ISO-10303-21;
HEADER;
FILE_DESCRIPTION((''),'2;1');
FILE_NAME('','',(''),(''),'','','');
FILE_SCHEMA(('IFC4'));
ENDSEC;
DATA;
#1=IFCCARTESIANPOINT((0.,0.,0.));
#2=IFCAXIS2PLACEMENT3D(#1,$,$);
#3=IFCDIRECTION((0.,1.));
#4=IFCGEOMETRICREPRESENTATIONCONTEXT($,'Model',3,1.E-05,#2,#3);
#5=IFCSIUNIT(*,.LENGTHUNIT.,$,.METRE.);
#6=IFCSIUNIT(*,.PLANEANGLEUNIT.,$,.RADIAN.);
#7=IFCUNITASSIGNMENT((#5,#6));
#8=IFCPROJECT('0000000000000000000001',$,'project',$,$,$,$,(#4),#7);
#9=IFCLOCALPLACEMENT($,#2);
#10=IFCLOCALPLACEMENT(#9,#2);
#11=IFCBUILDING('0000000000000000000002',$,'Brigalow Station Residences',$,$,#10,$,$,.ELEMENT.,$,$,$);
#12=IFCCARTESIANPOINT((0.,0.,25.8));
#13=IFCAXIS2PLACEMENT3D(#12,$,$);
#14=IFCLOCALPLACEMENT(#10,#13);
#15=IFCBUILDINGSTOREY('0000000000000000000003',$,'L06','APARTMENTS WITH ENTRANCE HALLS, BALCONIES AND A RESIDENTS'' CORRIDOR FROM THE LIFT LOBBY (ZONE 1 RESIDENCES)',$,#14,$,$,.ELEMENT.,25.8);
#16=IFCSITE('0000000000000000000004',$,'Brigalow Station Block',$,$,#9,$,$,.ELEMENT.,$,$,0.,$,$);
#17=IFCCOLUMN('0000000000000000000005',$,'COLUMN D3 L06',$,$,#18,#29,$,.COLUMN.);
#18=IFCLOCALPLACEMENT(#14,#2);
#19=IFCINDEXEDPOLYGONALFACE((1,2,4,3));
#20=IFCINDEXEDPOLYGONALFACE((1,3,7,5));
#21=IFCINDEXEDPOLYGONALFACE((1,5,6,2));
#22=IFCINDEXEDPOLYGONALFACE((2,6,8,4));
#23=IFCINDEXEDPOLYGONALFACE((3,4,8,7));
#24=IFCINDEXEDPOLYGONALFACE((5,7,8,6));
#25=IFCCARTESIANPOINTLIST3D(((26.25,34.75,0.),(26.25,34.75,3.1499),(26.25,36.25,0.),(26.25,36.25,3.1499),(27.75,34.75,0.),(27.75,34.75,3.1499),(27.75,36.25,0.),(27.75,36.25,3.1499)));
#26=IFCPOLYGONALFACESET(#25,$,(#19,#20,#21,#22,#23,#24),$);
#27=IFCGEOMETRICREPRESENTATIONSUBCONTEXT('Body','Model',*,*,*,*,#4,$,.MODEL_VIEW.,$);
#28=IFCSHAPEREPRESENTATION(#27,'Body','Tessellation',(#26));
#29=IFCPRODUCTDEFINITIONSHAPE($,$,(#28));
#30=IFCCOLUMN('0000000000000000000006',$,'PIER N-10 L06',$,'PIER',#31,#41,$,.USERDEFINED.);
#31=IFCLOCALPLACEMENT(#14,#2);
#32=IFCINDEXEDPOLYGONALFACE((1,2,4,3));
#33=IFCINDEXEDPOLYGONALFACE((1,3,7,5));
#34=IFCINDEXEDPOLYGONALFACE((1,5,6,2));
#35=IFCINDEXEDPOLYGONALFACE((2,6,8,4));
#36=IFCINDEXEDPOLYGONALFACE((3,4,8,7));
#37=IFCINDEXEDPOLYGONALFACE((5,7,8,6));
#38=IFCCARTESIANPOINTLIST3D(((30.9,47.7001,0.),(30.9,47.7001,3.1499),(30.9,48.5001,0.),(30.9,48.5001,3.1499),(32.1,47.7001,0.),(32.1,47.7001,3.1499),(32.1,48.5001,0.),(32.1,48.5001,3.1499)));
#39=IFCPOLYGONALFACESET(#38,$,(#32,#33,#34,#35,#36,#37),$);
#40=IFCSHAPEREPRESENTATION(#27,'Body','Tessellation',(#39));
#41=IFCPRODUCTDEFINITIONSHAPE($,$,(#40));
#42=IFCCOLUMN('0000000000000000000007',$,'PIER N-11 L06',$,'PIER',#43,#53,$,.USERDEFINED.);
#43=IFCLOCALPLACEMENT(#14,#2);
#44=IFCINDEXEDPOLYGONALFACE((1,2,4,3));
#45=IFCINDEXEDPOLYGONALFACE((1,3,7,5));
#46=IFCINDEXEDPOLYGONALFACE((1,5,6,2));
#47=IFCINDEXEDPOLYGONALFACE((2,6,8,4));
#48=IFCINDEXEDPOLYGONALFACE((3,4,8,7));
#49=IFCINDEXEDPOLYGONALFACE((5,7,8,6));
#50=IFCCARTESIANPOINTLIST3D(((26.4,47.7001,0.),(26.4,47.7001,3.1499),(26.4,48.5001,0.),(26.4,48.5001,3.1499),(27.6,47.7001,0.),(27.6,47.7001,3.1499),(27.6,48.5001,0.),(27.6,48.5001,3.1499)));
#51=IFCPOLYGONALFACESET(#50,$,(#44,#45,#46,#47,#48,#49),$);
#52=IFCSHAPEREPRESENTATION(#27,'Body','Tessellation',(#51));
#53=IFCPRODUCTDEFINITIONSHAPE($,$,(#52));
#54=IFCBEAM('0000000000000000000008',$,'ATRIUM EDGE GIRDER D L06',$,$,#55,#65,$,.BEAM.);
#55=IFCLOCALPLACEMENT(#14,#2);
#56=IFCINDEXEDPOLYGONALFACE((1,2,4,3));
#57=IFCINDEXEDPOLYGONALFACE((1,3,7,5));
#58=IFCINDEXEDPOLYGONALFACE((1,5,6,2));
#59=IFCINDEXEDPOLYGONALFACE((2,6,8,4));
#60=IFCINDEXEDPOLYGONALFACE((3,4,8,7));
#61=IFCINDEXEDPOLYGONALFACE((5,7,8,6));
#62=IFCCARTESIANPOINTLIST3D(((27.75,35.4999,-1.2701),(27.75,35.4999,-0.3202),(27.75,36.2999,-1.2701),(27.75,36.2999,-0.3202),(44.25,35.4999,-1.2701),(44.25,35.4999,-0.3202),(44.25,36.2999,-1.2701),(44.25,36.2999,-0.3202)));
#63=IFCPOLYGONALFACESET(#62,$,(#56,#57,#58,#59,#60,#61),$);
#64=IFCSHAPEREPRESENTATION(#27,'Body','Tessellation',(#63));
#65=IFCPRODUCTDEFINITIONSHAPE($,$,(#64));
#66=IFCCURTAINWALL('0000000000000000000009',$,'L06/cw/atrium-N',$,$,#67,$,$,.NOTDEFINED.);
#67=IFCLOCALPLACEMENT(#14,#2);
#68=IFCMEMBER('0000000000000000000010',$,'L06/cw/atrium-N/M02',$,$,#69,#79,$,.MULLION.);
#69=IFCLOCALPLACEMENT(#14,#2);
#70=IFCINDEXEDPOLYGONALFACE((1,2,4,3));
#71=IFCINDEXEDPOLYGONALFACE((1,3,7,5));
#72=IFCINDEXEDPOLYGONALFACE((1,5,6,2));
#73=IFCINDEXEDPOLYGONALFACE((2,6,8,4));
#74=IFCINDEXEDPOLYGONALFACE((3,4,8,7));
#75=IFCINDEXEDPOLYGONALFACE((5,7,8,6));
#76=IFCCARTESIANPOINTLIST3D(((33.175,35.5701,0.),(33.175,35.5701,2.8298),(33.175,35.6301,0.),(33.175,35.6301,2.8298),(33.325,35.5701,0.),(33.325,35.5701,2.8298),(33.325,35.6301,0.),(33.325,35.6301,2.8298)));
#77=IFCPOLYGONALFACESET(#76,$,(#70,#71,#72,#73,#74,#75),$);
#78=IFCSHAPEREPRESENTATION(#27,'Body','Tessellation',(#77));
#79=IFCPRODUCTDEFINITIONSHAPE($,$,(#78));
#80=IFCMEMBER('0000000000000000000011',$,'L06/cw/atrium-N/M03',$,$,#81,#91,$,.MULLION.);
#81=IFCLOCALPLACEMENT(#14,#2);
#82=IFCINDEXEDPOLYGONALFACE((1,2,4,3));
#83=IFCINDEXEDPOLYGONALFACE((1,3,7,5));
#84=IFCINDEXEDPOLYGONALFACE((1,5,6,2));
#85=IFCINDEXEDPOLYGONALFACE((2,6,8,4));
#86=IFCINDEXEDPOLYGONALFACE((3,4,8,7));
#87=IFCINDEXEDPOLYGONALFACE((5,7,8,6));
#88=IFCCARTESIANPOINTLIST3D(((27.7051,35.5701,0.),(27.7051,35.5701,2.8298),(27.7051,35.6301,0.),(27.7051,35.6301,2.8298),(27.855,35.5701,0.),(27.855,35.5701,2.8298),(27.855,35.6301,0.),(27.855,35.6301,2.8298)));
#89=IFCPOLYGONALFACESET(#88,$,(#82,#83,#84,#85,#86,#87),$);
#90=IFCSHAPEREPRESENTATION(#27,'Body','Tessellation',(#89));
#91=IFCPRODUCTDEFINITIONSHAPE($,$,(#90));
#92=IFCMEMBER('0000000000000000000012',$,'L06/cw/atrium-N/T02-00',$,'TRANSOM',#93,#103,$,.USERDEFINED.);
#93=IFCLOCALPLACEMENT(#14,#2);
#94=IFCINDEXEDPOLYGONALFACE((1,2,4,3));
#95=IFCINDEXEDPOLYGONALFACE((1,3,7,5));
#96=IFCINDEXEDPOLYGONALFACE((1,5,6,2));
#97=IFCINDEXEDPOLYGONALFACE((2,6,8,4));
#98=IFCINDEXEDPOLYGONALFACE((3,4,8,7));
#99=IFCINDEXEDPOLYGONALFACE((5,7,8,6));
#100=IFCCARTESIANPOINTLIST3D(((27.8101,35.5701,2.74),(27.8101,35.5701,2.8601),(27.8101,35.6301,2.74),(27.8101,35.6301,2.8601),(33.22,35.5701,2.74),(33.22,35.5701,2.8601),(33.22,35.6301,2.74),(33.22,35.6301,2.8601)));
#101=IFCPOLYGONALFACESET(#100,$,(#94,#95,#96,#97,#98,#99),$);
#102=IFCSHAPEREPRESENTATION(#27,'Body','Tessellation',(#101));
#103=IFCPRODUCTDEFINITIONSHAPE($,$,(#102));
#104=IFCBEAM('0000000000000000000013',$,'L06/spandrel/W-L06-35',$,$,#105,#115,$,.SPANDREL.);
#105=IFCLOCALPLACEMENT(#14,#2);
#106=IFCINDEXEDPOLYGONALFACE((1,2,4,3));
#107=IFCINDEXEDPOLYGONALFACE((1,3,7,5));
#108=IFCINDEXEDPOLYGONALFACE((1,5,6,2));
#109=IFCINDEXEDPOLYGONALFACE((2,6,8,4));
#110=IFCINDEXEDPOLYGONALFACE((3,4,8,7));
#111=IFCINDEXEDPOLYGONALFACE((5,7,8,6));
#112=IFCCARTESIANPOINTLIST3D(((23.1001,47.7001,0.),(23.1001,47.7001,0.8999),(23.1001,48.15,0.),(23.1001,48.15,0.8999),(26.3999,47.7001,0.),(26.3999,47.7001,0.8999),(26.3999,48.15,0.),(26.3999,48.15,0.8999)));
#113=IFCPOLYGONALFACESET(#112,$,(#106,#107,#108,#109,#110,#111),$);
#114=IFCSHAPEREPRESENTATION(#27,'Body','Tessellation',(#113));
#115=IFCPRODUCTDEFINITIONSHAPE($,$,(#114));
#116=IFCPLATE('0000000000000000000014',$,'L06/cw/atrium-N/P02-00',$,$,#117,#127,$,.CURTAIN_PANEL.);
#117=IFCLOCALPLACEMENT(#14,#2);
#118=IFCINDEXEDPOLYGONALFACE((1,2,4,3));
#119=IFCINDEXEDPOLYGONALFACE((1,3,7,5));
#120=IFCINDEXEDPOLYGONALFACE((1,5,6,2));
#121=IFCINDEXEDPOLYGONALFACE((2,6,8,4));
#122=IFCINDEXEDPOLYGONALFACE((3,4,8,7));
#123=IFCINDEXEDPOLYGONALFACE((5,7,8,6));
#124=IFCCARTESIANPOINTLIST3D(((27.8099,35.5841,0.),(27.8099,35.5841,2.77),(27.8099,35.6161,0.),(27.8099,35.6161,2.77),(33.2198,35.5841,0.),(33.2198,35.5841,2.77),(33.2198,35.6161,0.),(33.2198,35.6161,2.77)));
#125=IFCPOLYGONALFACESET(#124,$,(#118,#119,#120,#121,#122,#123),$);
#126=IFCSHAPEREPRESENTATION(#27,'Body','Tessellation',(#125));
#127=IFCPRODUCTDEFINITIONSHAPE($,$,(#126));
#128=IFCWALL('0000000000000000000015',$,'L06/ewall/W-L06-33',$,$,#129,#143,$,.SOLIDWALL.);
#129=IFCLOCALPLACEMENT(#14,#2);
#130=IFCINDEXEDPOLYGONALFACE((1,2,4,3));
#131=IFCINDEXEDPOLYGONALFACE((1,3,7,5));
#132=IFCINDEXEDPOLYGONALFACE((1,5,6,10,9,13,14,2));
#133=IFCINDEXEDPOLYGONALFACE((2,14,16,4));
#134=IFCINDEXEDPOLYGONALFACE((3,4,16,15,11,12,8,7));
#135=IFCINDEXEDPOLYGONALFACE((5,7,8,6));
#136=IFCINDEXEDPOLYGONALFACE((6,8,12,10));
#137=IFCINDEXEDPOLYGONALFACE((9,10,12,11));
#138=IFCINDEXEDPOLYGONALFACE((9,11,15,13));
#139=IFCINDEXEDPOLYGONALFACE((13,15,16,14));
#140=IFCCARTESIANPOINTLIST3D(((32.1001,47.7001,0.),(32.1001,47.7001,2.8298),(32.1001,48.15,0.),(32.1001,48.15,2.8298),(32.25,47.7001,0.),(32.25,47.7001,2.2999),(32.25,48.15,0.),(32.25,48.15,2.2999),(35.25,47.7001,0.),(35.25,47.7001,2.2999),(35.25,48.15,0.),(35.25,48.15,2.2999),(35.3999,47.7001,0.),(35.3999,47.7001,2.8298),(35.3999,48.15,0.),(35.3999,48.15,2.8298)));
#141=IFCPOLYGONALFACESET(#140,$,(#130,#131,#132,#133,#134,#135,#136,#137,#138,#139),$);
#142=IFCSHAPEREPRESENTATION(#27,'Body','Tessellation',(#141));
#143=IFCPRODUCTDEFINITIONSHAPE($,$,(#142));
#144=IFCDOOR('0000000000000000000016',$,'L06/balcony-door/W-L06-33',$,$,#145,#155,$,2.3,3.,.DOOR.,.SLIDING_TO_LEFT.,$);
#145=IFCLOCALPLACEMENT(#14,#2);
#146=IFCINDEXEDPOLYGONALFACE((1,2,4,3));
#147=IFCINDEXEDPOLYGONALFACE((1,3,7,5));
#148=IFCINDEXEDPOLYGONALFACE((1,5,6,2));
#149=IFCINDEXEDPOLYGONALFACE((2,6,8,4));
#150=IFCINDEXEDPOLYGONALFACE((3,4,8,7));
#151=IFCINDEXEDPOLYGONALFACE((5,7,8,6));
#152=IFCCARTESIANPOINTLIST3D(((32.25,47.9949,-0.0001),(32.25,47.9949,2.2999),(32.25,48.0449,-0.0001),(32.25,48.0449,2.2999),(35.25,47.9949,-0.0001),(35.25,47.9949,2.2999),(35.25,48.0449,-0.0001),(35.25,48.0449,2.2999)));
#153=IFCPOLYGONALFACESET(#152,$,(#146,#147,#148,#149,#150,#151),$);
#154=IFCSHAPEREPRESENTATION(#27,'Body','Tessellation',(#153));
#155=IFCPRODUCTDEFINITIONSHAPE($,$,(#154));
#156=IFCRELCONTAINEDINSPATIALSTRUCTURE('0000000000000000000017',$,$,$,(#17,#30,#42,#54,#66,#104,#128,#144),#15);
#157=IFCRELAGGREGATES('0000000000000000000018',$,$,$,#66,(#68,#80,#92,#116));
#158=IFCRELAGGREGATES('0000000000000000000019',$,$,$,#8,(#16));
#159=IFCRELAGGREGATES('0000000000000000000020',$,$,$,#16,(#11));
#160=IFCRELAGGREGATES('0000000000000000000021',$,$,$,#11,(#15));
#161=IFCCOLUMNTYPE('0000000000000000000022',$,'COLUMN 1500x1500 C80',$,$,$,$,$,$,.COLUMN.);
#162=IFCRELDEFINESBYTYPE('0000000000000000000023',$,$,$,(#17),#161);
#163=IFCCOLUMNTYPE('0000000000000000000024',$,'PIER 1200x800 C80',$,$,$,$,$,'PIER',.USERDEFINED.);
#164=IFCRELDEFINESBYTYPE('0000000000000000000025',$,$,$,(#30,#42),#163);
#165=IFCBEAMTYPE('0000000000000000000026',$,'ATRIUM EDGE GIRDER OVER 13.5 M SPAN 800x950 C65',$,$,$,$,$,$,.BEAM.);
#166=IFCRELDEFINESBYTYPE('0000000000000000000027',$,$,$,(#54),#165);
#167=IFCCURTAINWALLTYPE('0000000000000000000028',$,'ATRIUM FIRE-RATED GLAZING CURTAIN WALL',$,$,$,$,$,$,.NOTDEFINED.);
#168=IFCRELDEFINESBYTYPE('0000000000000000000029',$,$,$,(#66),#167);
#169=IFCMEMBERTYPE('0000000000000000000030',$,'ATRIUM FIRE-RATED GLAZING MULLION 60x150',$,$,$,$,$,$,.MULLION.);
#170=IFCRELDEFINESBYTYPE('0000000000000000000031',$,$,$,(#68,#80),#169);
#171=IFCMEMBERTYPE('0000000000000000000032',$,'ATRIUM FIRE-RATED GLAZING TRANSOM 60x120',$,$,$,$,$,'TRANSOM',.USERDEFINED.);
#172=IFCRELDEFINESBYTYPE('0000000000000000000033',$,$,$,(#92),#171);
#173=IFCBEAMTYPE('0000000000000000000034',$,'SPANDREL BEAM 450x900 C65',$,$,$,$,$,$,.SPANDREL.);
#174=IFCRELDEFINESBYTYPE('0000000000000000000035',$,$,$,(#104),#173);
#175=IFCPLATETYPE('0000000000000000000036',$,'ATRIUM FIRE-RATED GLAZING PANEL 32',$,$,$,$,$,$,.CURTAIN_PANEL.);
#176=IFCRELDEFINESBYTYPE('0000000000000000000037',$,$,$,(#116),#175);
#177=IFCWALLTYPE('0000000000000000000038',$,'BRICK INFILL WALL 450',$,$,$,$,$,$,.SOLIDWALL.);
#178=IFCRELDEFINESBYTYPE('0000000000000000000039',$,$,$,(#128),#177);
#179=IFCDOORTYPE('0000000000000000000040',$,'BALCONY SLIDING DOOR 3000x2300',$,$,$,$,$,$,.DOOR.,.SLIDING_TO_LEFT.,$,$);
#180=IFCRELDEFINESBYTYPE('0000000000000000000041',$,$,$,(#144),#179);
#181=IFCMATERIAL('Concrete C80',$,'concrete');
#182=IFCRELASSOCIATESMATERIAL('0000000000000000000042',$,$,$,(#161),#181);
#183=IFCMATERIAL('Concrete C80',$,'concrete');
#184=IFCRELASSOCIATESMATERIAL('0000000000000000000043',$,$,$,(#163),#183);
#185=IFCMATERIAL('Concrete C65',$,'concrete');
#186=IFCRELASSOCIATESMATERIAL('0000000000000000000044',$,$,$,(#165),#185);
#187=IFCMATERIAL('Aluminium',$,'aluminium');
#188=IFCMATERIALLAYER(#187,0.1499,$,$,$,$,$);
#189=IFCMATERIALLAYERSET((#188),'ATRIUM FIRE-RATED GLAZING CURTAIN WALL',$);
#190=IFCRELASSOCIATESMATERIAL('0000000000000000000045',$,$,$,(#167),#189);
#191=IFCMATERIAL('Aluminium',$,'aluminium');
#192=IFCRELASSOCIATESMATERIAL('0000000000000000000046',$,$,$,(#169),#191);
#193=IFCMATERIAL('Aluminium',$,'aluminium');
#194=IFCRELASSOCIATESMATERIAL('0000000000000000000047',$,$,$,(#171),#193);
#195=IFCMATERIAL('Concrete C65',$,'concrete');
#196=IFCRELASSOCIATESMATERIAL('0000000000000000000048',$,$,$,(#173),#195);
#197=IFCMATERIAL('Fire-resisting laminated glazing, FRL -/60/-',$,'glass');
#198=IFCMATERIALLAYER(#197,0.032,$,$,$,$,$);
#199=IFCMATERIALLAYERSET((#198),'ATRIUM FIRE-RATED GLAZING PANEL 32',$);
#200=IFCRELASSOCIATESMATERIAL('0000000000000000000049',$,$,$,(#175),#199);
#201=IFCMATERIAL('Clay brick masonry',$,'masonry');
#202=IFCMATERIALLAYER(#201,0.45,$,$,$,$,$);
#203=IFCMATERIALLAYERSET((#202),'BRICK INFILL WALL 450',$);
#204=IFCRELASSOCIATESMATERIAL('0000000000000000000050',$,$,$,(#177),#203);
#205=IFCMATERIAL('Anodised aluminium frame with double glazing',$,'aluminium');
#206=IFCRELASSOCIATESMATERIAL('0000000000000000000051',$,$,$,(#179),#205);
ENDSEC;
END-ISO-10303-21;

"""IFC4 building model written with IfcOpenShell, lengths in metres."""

from ifc_helpers import new_model, si_unit, direction, frame, frame_2d, origin, origin_2d, place, context, subcontext, project, spatial, rectangle, extrude, material, layer, layer_set, material_profile, profile_set, type_object, element, fill, aggregate, save


model = new_model("IFC4")

# Units and contexts
model_context = context("Model", 3, precision=1e-05, world=origin(), true_north=direction((0.0, 1.0)))
body_context = subcontext(model_context, "Body", "Model", "MODEL_VIEW")
ifc_project = project(units=[si_unit("LENGTHUNIT", "METRE"), si_unit("PLANEANGLEUNIT", "RADIAN")], contexts=[model_context])

# Site, building, storey
site_placement = place(None, origin())
site = spatial("IfcSite", under=ifc_project, at=site_placement, Name="Brigalow Station Block", CompositionType="ELEMENT", RefElevation=0.0)
building_placement = place(site_placement, origin())
building = spatial("IfcBuilding", under=site, at=building_placement, Name="Brigalow Station Residences", CompositionType="ELEMENT")
storey_placement = place(building_placement, frame((0.0, 0.0, 25.8)))
storey = spatial("IfcBuildingStorey", under=building, at=storey_placement, Name="L06", Description="APARTMENTS WITH ENTRANCE HALLS, BALCONIES AND A RESIDENTS' CORRIDOR FROM THE LIFT LOBBY (ZONE 1 RESIDENCES)", CompositionType="ELEMENT", Elevation=25.8)

# Columns
ifc_material_1 = material(Name="Concrete C80", Category="concrete")
ifc_material_profile_1 = material_profile(ifc_material_1, rectangle(XDim=1.5, YDim=1.5, at=origin_2d()), Name="RC1500x1500")
ifc_profile_set_1 = profile_set([ifc_material_profile_1], Name="Concrete C80")
column_type_1 = type_object("IfcColumnType", Name="COLUMN 1500x1500 C80", PredefinedType="COLUMN", material=ifc_profile_set_1)
column_placement = place(storey_placement, frame((27.0, 35.5, 0.0), z_axis=(0.0, 0.0, 1.0), x_axis=(1.0, 0.0, 0.0)))
element("IfcColumn", 1, at=column_placement, inside=storey, type_object=column_type_1, Name="COLUMN D3 L06", PredefinedType="COLUMN", context=body_context, shape_type="SweptSolid", body=[
    extrude(rectangle(XDim=1.5, YDim=1.5, at=origin_2d()), origin(), (0.0, 0.0, 1.0), 3.1499),
])
ifc_material_2 = material(Name="Concrete C80", Category="concrete")
ifc_material_profile_2 = material_profile(ifc_material_2, rectangle(XDim=1.2, YDim=0.8, at=origin_2d()), Name="RC1200x800")
ifc_profile_set_2 = profile_set([ifc_material_profile_2], Name="Concrete C80")
column_type_2 = type_object("IfcColumnType", Name="PIER 1200x800 C80", ElementType="PIER", PredefinedType="USERDEFINED", material=ifc_profile_set_2)
for number, where, z_axis, x_axis, name in (
    (2, (31.5, 48.1001, 0.0), (0.0, 0.0, 1.0), (-1.0, 0.0, 0.0), "PIER N-10 L06"),
    (3, (27.0, 48.1001, 0.0), (0.0, 0.0, 1.0), (-1.0, 0.0, 0.0), "PIER N-11 L06"),
):
    element("IfcColumn", number, at=place(storey_placement, frame(where, z_axis=z_axis, x_axis=x_axis)), inside=storey, type_object=column_type_2, Name=name, ObjectType="PIER", PredefinedType="USERDEFINED", context=body_context, shape_type="SweptSolid", body=[
        extrude(rectangle(XDim=1.2, YDim=0.8, at=origin_2d()), origin(), (0.0, 0.0, 1.0), 3.1499),
    ])

# Beam
ifc_material_3 = material(Name="Concrete C65", Category="concrete")
ifc_material_profile_3 = material_profile(ifc_material_3, rectangle(XDim=0.8, YDim=0.95, at=origin_2d()), Name="RC800x950")
ifc_profile_set_3 = profile_set([ifc_material_profile_3], Name="Concrete C65")
beam_type_1 = type_object("IfcBeamType", Name="ATRIUM EDGE GIRDER OVER 13.5 M SPAN 800x950 C65", PredefinedType="BEAM", material=ifc_profile_set_3)
beam_1_placement = place(storey_placement, frame((27.75, 35.8999, -0.7952), z_axis=(1.0, 0.0, 0.0), x_axis=(0.0, 1.0, 0.0)))
element("IfcBeam", 4, at=beam_1_placement, inside=storey, type_object=beam_type_1, Name="ATRIUM EDGE GIRDER D L06", PredefinedType="BEAM", context=body_context, shape_type="SweptSolid", body=[
    extrude(rectangle(XDim=0.8, YDim=0.95, at=origin_2d()), origin(), (0.0, 0.0, 1.0), 16.5),
])

# Curtain wall, members
ifc_material_4 = material(Name="Aluminium", Category="aluminium")
ifc_layer_1 = layer(ifc_material_4, 0.1499)
ifc_layer_set_1 = layer_set([ifc_layer_1], Name="ATRIUM FIRE-RATED GLAZING CURTAIN WALL")
curtain_wall_type = type_object("IfcCurtainWallType", Name="ATRIUM FIRE-RATED GLAZING CURTAIN WALL", PredefinedType="NOTDEFINED", material=ifc_layer_set_1)
curtain_wall_placement = place(storey_placement, origin())
curtain_wall = element("IfcCurtainWall", 5, at=curtain_wall_placement, inside=storey, type_object=curtain_wall_type, Name="L06/cw/atrium-N", PredefinedType="NOTDEFINED")
ifc_material_5 = material(Name="Aluminium", Category="aluminium")
ifc_material_profile_4 = material_profile(ifc_material_5, rectangle(XDim=0.0601, YDim=0.1499, at=origin_2d()), Name="ATRIUM FIRE-RATED GLAZING MULLION 60x150")
ifc_profile_set_4 = profile_set([ifc_material_profile_4], Name="Aluminium")
member_type_1 = type_object("IfcMemberType", Name="ATRIUM FIRE-RATED GLAZING MULLION 60x150", PredefinedType="MULLION", material=ifc_profile_set_4)
member_1_placement = place(storey_placement, frame((33.25, 35.6001, 0.0), z_axis=(0.0, 0.0, 1.0), x_axis=(0.0, -1.0, 0.0)))
member_1 = element("IfcMember", 6, at=member_1_placement, type_object=member_type_1, Name="L06/cw/atrium-N/M02", PredefinedType="MULLION", context=body_context, shape_type="SweptSolid", body=[
    extrude(rectangle(XDim=0.0601, YDim=0.1499, at=origin_2d()), origin(), (0.0, 0.0, 1.0), 2.8298),
])
member_2_placement = place(storey_placement, frame((27.78, 35.6001, 0.0), z_axis=(0.0, 0.0, 1.0), x_axis=(0.0, -1.0, 0.0)))
member_2 = element("IfcMember", 7, at=member_2_placement, type_object=member_type_1, Name="L06/cw/atrium-N/M03", PredefinedType="MULLION", context=body_context, shape_type="SweptSolid", body=[
    extrude(rectangle(XDim=0.0601, YDim=0.1499, at=origin_2d()), origin(), (0.0, 0.0, 1.0), 2.8298),
])
ifc_material_6 = material(Name="Aluminium", Category="aluminium")
ifc_material_profile_5 = material_profile(ifc_material_6, rectangle(XDim=0.0601, YDim=0.1201, at=origin_2d()), Name="ATRIUM FIRE-RATED GLAZING TRANSOM 60x120")
ifc_profile_set_5 = profile_set([ifc_material_profile_5], Name="Aluminium")
member_type_2 = type_object("IfcMemberType", Name="ATRIUM FIRE-RATED GLAZING TRANSOM 60x120", ElementType="TRANSOM", PredefinedType="USERDEFINED", material=ifc_profile_set_5)
member_3_placement = place(storey_placement, frame((33.22, 35.6001, 2.8), z_axis=(-1.0, 0.0, 0.0), x_axis=(0.0, -1.0, 0.0)))
member_3 = element("IfcMember", 8, at=member_3_placement, type_object=member_type_2, Name="L06/cw/atrium-N/T02-00", ObjectType="TRANSOM", PredefinedType="USERDEFINED", context=body_context, shape_type="SweptSolid", body=[
    extrude(rectangle(XDim=0.0601, YDim=0.1201, at=origin_2d()), origin(), (0.0, 0.0, 1.0), 5.4099),
])

# Beam
ifc_material_7 = material(Name="Concrete C65", Category="concrete")
ifc_material_profile_6 = material_profile(ifc_material_7, rectangle(XDim=0.45, YDim=0.8999, at=origin_2d()), Name="RC450x900")
ifc_profile_set_6 = profile_set([ifc_material_profile_6], Name="Concrete C65")
beam_type_2 = type_object("IfcBeamType", Name="SPANDREL BEAM 450x900 C65", PredefinedType="SPANDREL", material=ifc_profile_set_6)
beam_2_placement = place(storey_placement, frame((26.3999, 47.925, 0.45), z_axis=(-1.0, 0.0, 0.0), x_axis=(0.0, -1.0, 0.0)))
element("IfcBeam", 9, at=beam_2_placement, inside=storey, type_object=beam_type_2, Name="L06/spandrel/W-L06-35", PredefinedType="SPANDREL", context=body_context, shape_type="SweptSolid", body=[
    extrude(rectangle(XDim=0.45, YDim=0.8999, at=origin_2d()), origin(), (0.0, 0.0, 1.0), 3.2998),
])

# Plate
ifc_material_8 = material(Name="Fire-resisting laminated glazing, FRL -/60/-", Category="glass")
ifc_layer_2 = layer(ifc_material_8, 0.032)
ifc_layer_set_2 = layer_set([ifc_layer_2], Name="ATRIUM FIRE-RATED GLAZING PANEL 32")
plate_type = type_object("IfcPlateType", Name="ATRIUM FIRE-RATED GLAZING PANEL 32", PredefinedType="CURTAIN_PANEL", material=ifc_layer_set_2)
plate_placement = place(storey_placement, frame((30.5149, 35.6001, 0.0), z_axis=(0.0, 0.0, 1.0), x_axis=(-1.0, 0.0, 0.0)))
plate = element("IfcPlate", 10, at=plate_placement, type_object=plate_type, Name="L06/cw/atrium-N/P02-00", PredefinedType="CURTAIN_PANEL", context=body_context, shape_type="SweptSolid", body=[
    extrude(rectangle(XDim=5.4099, YDim=0.032, at=origin_2d()), origin(), (0.0, 0.0, 1.0), 2.77),
])
aggregate(curtain_wall, [member_1, member_2, member_3, plate])

# Wall, opening, door
ifc_material_9 = material(Name="Clay brick masonry", Category="masonry")
ifc_layer_3 = layer(ifc_material_9, 0.45)
ifc_layer_set_3 = layer_set([ifc_layer_3], Name="BRICK INFILL WALL 450")
wall_type_1 = type_object("IfcWallType", Name="BRICK INFILL WALL 450", PredefinedType="SOLIDWALL", material=ifc_layer_set_3)
wall_1_placement = place(storey_placement, frame((35.3999, 47.925, 0.0), z_axis=(0.0, 0.0, 1.0), x_axis=(-1.0, 0.0, 0.0)))
wall_1 = element("IfcWall", 11, at=wall_1_placement, inside=storey, type_object=wall_type_1, Name="L06/ewall/W-L06-33", PredefinedType="SOLIDWALL", context=body_context, shape_type="SweptSolid", body=[
    extrude(rectangle(XDim=3.2998, YDim=0.45, at=frame_2d((1.6499, 0.0))), origin(), (0.0, 0.0, 1.0), 2.8298),
])
opening_1_placement = place(wall_1_placement, frame((0.1499, 0.0, 0.0)))
opening_1 = element("IfcOpeningElement", 12, at=opening_1_placement, cuts=wall_1, PredefinedType="OPENING", context=body_context, shape_type="SweptSolid", body=[
    extrude(rectangle(XDim=3.0, YDim=2.3, at=frame_2d((1.5, 1.1499))), frame((0.0, 0.2349, 0.0), z_axis=(0.0, -1.0, 0.0), x_axis=(1.0, 0.0, 0.0)), (0.0, 0.0, 1.0), 0.47),
])
ifc_material_10 = material(Name="Anodised aluminium frame with double glazing", Category="aluminium")
door_type_1 = type_object("IfcDoorType", Name="BALCONY SLIDING DOOR 3000x2300", OperationType="SLIDING_TO_LEFT", PredefinedType="DOOR", material=ifc_material_10)
door_1_placement = place(opening_1_placement, origin())
door_1 = element("IfcDoor", 13, at=door_1_placement, inside=storey, type_object=door_type_1, Name="L06/balcony-door/W-L06-33", OperationType="SLIDING_TO_LEFT", OverallHeight=2.3, OverallWidth=3.0, PredefinedType="DOOR", context=body_context, shape_type="SweptSolid", body=[
    extrude(rectangle(XDim=3.0, YDim=2.3, at=frame_2d((1.5, 1.1499))), frame((0.0, -0.0698, 0.0), z_axis=(0.0, -1.0, 0.0), x_axis=(1.0, 0.0, 0.0)), (0.0, 0.0, 1.0), 0.05),
])
fill(opening_1, door_1)

save(model, "model.ifc")
